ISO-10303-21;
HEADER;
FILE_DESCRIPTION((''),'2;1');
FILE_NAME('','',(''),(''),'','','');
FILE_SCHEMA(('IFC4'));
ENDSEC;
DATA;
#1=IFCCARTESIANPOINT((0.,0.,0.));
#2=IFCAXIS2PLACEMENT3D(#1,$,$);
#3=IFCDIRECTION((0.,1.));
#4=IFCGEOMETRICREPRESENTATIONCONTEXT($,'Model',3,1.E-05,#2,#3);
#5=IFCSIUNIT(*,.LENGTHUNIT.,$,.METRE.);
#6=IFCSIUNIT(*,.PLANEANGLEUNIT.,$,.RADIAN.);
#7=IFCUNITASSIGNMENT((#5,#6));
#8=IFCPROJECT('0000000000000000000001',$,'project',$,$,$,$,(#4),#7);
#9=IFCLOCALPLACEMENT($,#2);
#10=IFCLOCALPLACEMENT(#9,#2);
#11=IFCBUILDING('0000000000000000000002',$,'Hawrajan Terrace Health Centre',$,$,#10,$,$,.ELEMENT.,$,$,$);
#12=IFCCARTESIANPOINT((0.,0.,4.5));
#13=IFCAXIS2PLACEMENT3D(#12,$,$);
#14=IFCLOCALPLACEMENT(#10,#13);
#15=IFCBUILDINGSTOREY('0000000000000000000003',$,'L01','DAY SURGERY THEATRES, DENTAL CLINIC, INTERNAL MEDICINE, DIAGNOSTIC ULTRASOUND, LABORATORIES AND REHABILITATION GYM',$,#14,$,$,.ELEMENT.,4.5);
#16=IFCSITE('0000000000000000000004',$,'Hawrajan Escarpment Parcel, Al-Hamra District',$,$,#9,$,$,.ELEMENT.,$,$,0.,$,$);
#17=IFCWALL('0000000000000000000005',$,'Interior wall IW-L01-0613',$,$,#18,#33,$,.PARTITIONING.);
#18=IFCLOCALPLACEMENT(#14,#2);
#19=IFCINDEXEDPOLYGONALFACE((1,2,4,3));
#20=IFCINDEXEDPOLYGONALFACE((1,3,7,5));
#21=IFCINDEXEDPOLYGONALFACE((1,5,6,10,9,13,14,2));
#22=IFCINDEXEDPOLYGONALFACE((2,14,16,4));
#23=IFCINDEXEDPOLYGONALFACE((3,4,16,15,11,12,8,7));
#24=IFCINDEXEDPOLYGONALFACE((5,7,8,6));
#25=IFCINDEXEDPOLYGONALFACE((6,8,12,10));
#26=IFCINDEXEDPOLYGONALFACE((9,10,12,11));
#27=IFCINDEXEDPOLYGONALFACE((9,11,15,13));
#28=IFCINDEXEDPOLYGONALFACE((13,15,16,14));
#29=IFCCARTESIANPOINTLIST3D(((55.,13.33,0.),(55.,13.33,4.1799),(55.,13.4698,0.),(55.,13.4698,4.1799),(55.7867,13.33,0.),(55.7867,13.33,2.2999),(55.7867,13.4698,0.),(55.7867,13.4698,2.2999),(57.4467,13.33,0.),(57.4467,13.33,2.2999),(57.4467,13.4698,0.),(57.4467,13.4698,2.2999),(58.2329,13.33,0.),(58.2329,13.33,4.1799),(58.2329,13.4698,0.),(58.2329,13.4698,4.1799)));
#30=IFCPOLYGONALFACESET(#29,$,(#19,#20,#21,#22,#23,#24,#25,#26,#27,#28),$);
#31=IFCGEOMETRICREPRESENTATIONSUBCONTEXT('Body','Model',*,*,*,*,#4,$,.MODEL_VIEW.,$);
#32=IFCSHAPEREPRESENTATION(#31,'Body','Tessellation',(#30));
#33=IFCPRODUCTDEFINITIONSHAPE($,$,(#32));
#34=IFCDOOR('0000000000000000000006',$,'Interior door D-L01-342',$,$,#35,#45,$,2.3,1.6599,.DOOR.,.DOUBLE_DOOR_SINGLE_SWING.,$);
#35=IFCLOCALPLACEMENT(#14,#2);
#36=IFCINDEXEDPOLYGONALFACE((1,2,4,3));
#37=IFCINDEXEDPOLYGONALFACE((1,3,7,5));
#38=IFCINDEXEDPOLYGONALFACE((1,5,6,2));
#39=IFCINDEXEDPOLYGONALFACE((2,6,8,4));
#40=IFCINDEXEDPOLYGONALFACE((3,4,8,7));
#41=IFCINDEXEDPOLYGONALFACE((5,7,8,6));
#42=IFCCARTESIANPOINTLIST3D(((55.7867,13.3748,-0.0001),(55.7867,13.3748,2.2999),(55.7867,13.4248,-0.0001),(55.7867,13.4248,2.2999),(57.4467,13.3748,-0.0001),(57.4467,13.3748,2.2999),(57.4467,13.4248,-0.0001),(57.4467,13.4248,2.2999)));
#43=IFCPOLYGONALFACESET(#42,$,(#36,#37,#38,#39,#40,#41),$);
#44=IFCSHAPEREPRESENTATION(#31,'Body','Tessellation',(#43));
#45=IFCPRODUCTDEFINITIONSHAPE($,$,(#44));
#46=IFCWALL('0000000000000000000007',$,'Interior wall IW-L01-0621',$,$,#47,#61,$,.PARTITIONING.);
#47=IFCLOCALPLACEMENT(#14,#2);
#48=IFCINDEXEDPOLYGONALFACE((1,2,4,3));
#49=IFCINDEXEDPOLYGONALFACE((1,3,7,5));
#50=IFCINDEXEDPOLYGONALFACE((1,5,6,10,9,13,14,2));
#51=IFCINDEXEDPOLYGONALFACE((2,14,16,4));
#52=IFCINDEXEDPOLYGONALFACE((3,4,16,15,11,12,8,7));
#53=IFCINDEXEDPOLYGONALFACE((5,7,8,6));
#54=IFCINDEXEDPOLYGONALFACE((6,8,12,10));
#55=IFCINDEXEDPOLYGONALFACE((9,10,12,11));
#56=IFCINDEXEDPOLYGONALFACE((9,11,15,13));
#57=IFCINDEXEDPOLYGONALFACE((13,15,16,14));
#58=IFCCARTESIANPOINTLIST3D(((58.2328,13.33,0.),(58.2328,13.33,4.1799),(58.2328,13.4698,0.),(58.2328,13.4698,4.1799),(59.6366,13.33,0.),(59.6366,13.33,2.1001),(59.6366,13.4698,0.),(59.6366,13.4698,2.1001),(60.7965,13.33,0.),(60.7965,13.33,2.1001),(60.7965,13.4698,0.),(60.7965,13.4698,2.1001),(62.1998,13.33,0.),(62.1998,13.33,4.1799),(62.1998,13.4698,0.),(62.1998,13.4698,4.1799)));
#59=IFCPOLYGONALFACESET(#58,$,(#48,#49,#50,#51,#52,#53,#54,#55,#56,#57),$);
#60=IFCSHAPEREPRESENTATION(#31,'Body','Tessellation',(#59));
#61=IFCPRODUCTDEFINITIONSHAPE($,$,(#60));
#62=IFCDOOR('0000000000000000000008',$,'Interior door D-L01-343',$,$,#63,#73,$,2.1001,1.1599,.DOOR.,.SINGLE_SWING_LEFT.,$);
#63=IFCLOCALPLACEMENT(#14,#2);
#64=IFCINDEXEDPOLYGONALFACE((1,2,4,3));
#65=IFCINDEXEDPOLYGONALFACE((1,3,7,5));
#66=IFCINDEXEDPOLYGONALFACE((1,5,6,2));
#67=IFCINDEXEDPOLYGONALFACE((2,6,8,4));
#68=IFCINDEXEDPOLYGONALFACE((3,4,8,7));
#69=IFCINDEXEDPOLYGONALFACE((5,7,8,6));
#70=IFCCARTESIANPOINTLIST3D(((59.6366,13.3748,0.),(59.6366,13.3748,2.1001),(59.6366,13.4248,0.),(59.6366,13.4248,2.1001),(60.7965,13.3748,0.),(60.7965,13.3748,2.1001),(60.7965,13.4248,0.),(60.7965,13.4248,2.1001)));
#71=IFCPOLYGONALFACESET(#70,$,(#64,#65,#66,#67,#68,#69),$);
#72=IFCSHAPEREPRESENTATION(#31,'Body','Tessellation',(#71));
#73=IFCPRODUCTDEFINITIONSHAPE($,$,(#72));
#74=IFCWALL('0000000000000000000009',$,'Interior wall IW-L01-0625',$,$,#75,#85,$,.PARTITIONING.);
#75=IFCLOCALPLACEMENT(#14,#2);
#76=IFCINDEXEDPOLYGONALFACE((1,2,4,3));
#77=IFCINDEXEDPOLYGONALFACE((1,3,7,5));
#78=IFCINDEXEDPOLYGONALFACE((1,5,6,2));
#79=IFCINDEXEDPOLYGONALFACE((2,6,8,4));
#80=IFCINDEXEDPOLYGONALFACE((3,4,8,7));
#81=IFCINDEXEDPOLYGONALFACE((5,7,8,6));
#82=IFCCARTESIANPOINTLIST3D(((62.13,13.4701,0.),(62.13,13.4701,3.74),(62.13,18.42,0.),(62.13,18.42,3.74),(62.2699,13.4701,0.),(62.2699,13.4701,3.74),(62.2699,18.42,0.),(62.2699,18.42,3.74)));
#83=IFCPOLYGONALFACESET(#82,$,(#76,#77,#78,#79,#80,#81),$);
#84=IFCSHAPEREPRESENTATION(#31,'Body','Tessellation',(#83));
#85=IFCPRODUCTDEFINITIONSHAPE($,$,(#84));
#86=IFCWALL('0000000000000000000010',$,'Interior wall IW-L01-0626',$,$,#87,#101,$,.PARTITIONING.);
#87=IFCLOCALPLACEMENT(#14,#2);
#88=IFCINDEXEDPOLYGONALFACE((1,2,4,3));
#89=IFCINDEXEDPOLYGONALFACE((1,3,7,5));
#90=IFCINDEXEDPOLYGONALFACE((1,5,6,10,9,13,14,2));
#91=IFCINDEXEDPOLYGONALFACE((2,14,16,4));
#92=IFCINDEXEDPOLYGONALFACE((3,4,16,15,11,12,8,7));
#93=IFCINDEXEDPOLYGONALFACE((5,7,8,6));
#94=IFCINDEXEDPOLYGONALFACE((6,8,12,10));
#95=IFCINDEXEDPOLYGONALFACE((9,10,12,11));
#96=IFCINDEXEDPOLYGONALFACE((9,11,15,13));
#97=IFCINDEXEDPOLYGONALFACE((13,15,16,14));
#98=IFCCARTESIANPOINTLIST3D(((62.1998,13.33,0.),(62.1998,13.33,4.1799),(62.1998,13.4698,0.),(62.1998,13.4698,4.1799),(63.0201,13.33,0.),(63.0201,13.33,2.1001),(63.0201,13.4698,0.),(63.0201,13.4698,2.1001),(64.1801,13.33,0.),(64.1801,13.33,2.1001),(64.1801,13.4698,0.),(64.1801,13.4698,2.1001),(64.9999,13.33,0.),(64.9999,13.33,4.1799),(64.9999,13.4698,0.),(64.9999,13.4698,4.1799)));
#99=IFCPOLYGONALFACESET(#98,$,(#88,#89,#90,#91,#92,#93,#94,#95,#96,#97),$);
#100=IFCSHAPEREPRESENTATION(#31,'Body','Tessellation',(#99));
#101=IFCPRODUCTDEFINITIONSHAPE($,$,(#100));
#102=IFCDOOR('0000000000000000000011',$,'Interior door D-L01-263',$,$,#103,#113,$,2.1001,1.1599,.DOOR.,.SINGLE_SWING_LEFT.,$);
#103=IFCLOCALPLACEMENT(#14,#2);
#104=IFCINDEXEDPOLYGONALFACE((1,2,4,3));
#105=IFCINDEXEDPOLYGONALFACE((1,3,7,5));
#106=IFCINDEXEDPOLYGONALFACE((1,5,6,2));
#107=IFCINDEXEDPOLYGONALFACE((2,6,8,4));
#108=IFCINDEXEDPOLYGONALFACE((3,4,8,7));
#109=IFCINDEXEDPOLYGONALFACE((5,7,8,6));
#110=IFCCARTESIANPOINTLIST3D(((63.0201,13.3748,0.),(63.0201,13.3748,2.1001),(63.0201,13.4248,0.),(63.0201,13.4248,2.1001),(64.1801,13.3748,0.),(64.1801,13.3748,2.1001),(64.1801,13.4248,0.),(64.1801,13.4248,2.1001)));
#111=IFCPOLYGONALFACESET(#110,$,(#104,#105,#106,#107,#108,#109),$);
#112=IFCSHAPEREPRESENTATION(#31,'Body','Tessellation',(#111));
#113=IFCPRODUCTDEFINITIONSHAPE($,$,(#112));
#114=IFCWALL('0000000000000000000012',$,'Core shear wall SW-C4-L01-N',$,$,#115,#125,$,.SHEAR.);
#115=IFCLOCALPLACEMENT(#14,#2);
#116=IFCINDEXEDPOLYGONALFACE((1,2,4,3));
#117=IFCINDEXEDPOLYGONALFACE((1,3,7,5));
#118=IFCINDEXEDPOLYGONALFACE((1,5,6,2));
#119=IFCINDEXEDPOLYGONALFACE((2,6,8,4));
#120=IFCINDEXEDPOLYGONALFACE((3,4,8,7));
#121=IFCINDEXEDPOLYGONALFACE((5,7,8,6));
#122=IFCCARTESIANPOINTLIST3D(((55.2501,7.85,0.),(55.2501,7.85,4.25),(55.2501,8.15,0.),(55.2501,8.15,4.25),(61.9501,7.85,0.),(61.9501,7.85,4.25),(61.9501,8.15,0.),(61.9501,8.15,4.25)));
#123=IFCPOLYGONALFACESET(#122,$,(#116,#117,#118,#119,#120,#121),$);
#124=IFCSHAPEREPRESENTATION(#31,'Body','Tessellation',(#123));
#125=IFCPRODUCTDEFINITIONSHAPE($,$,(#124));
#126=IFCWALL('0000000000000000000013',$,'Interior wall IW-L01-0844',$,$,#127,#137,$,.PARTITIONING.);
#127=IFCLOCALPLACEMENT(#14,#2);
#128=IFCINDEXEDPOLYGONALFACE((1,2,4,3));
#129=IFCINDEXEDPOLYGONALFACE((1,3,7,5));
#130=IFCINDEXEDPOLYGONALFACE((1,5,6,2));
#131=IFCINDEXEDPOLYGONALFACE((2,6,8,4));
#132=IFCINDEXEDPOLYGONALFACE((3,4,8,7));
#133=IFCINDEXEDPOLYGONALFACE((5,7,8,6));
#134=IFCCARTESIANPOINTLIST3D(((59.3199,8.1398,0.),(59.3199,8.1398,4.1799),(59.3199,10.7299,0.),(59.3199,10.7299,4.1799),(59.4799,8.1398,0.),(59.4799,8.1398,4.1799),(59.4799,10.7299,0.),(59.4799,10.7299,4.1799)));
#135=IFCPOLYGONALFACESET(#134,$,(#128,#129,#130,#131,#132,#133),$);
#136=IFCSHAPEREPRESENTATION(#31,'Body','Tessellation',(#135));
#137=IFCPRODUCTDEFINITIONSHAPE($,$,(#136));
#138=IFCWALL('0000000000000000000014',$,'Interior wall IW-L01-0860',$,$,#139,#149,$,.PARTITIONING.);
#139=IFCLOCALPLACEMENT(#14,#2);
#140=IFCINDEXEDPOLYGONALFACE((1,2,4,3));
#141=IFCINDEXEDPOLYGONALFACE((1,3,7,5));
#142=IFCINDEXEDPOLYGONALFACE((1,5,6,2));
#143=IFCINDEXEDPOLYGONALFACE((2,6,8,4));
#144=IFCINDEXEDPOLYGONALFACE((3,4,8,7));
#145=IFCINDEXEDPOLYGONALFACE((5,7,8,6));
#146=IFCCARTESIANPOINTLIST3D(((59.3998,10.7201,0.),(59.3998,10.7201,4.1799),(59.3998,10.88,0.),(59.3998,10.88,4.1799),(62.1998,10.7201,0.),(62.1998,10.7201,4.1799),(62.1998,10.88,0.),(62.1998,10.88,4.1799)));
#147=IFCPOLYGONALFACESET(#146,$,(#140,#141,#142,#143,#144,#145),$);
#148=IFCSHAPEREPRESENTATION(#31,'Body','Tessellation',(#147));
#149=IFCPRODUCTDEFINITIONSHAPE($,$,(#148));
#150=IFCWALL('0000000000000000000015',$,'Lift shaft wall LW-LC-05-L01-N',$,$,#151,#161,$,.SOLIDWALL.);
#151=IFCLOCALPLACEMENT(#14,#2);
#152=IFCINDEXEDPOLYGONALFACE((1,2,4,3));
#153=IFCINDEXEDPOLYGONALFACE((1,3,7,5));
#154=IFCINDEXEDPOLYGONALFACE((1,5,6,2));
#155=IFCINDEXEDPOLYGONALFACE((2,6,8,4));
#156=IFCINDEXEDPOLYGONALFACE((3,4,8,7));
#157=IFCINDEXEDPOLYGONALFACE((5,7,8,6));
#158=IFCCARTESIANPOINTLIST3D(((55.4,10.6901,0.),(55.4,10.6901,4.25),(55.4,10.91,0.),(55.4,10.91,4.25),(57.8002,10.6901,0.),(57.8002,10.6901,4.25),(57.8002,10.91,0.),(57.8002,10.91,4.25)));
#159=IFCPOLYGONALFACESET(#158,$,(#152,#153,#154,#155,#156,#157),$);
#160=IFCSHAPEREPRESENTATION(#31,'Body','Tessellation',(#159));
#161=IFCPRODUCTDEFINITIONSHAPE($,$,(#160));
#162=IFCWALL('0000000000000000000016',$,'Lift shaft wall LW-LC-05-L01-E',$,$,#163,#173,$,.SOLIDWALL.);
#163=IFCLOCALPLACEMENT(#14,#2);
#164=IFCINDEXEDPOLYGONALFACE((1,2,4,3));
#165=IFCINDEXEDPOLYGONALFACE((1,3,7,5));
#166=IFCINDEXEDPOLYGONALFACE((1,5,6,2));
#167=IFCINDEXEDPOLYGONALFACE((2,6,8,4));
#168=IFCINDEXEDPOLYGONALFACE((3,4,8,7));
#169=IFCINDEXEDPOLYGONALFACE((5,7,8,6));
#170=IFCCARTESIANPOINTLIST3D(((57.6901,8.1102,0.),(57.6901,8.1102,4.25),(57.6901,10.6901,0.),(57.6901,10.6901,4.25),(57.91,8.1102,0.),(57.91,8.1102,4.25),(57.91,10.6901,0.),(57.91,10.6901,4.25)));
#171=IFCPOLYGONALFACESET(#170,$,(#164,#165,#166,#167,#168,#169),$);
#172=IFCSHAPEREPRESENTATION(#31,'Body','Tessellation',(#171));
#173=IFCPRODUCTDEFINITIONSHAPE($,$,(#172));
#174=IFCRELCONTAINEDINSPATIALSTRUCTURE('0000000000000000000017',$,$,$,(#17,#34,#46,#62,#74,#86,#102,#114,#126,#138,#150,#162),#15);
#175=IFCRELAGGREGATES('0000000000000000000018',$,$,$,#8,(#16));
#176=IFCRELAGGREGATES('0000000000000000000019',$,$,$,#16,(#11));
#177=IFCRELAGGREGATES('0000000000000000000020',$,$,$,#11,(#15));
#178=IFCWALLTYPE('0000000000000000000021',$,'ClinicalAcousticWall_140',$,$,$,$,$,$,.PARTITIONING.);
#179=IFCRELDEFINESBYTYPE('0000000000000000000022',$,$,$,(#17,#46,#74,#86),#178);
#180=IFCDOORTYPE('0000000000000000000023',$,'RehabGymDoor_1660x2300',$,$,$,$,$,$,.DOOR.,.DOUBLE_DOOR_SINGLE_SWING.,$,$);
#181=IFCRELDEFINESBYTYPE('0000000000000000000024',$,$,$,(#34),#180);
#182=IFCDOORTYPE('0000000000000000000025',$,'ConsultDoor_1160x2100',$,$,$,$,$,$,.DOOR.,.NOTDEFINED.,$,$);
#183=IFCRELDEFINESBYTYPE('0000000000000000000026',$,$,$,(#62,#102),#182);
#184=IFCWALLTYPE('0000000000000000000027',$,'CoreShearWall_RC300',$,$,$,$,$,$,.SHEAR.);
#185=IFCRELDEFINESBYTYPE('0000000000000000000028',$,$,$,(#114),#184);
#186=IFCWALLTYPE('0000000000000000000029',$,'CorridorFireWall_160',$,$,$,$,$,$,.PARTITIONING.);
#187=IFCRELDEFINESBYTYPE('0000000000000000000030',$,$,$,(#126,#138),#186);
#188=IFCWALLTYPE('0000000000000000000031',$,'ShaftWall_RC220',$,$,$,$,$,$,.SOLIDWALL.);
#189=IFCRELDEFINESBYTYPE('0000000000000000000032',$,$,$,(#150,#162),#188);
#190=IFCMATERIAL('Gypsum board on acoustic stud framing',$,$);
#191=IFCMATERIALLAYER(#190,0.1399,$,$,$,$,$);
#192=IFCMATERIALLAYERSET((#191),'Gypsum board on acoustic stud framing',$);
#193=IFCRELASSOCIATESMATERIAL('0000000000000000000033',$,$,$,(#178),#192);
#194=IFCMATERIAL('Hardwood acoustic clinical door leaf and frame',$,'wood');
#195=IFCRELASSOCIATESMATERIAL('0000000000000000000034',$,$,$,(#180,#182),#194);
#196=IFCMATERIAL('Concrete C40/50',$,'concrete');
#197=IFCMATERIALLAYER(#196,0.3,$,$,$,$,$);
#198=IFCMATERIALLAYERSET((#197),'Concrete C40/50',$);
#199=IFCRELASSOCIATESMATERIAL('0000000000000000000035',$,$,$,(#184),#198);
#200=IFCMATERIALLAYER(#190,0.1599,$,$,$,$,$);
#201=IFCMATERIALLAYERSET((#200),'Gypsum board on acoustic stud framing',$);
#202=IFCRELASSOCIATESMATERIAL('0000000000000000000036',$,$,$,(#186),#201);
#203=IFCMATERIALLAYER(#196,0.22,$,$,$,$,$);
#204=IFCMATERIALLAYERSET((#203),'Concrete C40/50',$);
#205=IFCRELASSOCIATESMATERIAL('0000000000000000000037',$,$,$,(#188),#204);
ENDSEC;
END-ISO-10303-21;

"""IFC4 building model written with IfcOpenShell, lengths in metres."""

from ifc_helpers import new_model, si_unit, direction, frame, frame_2d, origin, place, context, subcontext, project, spatial, rectangle, extrude, material, layer, layer_set, type_object, element, fill, save


model = new_model("IFC4")

# Units and contexts
model_context = context("Model", 3, precision=1e-05, world=origin(), true_north=direction((0.0, 1.0)))
body_context = subcontext(model_context, "Body", "Model", "MODEL_VIEW")
ifc_project = project(units=[si_unit("LENGTHUNIT", "METRE"), si_unit("PLANEANGLEUNIT", "RADIAN")], contexts=[model_context])

# Site, building, storey
site_placement = place(None, origin())
site = spatial("IfcSite", under=ifc_project, at=site_placement, Name="Hawrajan Escarpment Parcel, Al-Hamra District", CompositionType="ELEMENT", RefElevation=0.0)
building_placement = place(site_placement, origin())
building = spatial("IfcBuilding", under=site, at=building_placement, Name="Hawrajan Terrace Health Centre", CompositionType="ELEMENT")
storey_placement = place(building_placement, frame((0.0, 0.0, 4.5)))
storey = spatial("IfcBuildingStorey", under=building, at=storey_placement, Name="L01", Description="DAY SURGERY THEATRES, DENTAL CLINIC, INTERNAL MEDICINE, DIAGNOSTIC ULTRASOUND, LABORATORIES AND REHABILITATION GYM", CompositionType="ELEMENT", Elevation=4.5)

# Shared definitions
ifc_material_1 = material(Name="Concrete C40/50", Category="concrete")

# Shared definitions
ifc_material_2 = material(Name="Gypsum board on acoustic stud framing")
ifc_layer_1 = layer(ifc_material_2, 0.1399)
ifc_layer_set_1 = layer_set([ifc_layer_1], Name="Gypsum board on acoustic stud framing")
wall_type_1 = type_object("IfcWallType", Name="ClinicalAcousticWall_140", PredefinedType="PARTITIONING", material=ifc_layer_set_1)

# Wall, opening, door
wall_1_placement = place(storey_placement, frame((55.0, 13.3999, 0.0), z_axis=(0.0, 0.0, 1.0), x_axis=(1.0, 0.0, 0.0)))
wall_1 = element("IfcWall", 1, at=wall_1_placement, inside=storey, type_object=wall_type_1, Name="Interior wall IW-L01-0613", PredefinedType="PARTITIONING", context=body_context, shape_type="SweptSolid", body=[
    extrude(rectangle(XDim=3.2329, YDim=0.1399, at=frame_2d((1.6165, 0.0))), origin(), (0.0, 0.0, 1.0), 4.1799),
])
opening_1_placement = place(wall_1_placement, frame((0.7866, 0.0, 0.0)))
opening_1 = element("IfcOpeningElement", 2, at=opening_1_placement, cuts=wall_1, PredefinedType="OPENING", context=body_context, shape_type="SweptSolid", body=[
    extrude(rectangle(XDim=1.6599, YDim=2.3, at=frame_2d((0.8301, 1.1499))), frame((0.0, 0.0798, 0.0), z_axis=(0.0, -1.0, 0.0), x_axis=(1.0, 0.0, 0.0)), (0.0, 0.0, 1.0), 0.1599),
])
ifc_material_3 = material(Name="Hardwood acoustic clinical door leaf and frame", Category="wood")
door_type_1 = type_object("IfcDoorType", Name="RehabGymDoor_1660x2300", OperationType="DOUBLE_DOOR_SINGLE_SWING", PredefinedType="DOOR", material=ifc_material_3)
door_1_placement = place(opening_1_placement, origin())
door_1 = element("IfcDoor", 3, at=door_1_placement, inside=storey, type_object=door_type_1, Name="Interior door D-L01-342", OperationType="DOUBLE_DOOR_SINGLE_SWING", OverallHeight=2.3, OverallWidth=1.6599, PredefinedType="DOOR", context=body_context, shape_type="SweptSolid", body=[
    extrude(rectangle(XDim=1.6599, YDim=2.3, at=frame_2d((0.8301, 1.1499))), frame((0.0, 0.0249, 0.0), z_axis=(0.0, -1.0, 0.0), x_axis=(1.0, 0.0, 0.0)), (0.0, 0.0, 1.0), 0.05),
])
fill(opening_1, door_1)

# Wall, opening, door
wall_2_placement = place(storey_placement, frame((58.2329, 13.3999, 0.0), z_axis=(0.0, 0.0, 1.0), x_axis=(1.0, 0.0, 0.0)))
wall_2 = element("IfcWall", 4, at=wall_2_placement, inside=storey, type_object=wall_type_1, Name="Interior wall IW-L01-0621", PredefinedType="PARTITIONING", context=body_context, shape_type="SweptSolid", body=[
    extrude(rectangle(XDim=3.967, YDim=0.1399, at=frame_2d((1.9834, 0.0))), origin(), (0.0, 0.0, 1.0), 4.1799),
])
opening_2_placement = place(wall_2_placement, frame((1.4036, 0.0, 0.0)))
opening_2 = element("IfcOpeningElement", 5, at=opening_2_placement, cuts=wall_2, PredefinedType="OPENING", context=body_context, shape_type="SweptSolid", body=[
    extrude(rectangle(XDim=1.1599, YDim=2.1001, at=frame_2d((0.5801, 1.05))), frame((0.0, 0.0798, 0.0), z_axis=(0.0, -1.0, 0.0), x_axis=(1.0, 0.0, 0.0)), (0.0, 0.0, 1.0), 0.1599),
])
door_type_2 = type_object("IfcDoorType", Name="ConsultDoor_1160x2100", OperationType="NOTDEFINED", PredefinedType="DOOR", material=ifc_material_3)
door_2_placement = place(opening_2_placement, origin())
door_2 = element("IfcDoor", 6, at=door_2_placement, inside=storey, type_object=door_type_2, Name="Interior door D-L01-343", OperationType="SINGLE_SWING_LEFT", OverallHeight=2.1001, OverallWidth=1.1599, PredefinedType="DOOR", context=body_context, shape_type="SweptSolid", body=[
    extrude(rectangle(XDim=1.1599, YDim=2.1001, at=frame_2d((0.5801, 1.05))), frame((0.0, 0.0249, 0.0), z_axis=(0.0, -1.0, 0.0), x_axis=(1.0, 0.0, 0.0)), (0.0, 0.0, 1.0), 0.05),
])
fill(opening_2, door_2)

# Wall
wall_3_placement = place(storey_placement, frame((62.2, 13.47, 0.0), z_axis=(0.0, 0.0, 1.0), x_axis=(0.0, 1.0, 0.0)))
element("IfcWall", 7, at=wall_3_placement, inside=storey, type_object=wall_type_1, Name="Interior wall IW-L01-0625", PredefinedType="PARTITIONING", context=body_context, shape_type="SweptSolid", body=[
    extrude(rectangle(XDim=4.95, YDim=0.1399, at=frame_2d((2.4751, 0.0))), origin(), (0.0, 0.0, 1.0), 3.74),
])

# Wall, opening, door
wall_4_placement = place(storey_placement, frame((62.2, 13.3999, 0.0), z_axis=(0.0, 0.0, 1.0), x_axis=(1.0, 0.0, 0.0)))
wall_4 = element("IfcWall", 8, at=wall_4_placement, inside=storey, type_object=wall_type_1, Name="Interior wall IW-L01-0626", PredefinedType="PARTITIONING", context=body_context, shape_type="SweptSolid", body=[
    extrude(rectangle(XDim=2.8, YDim=0.1399, at=frame_2d((1.3999, 0.0))), origin(), (0.0, 0.0, 1.0), 4.1799),
])
opening_3_placement = place(wall_4_placement, frame((0.8201, 0.0, 0.0)))
opening_3 = element("IfcOpeningElement", 9, at=opening_3_placement, cuts=wall_4, PredefinedType="OPENING", context=body_context, shape_type="SweptSolid", body=[
    extrude(rectangle(XDim=1.1599, YDim=2.1001, at=frame_2d((0.5801, 1.05))), frame((0.0, 0.0798, 0.0), z_axis=(0.0, -1.0, 0.0), x_axis=(1.0, 0.0, 0.0)), (0.0, 0.0, 1.0), 0.1599),
])
door_3_placement = place(opening_3_placement, origin())
door_3 = element("IfcDoor", 10, at=door_3_placement, inside=storey, type_object=door_type_2, Name="Interior door D-L01-263", OperationType="SINGLE_SWING_LEFT", OverallHeight=2.1001, OverallWidth=1.1599, PredefinedType="DOOR", context=body_context, shape_type="SweptSolid", body=[
    extrude(rectangle(XDim=1.1599, YDim=2.1001, at=frame_2d((0.5801, 1.05))), frame((0.0, 0.0249, 0.0), z_axis=(0.0, -1.0, 0.0), x_axis=(1.0, 0.0, 0.0)), (0.0, 0.0, 1.0), 0.05),
])
fill(opening_3, door_3)

# Walls
ifc_layer_2 = layer(ifc_material_1, 0.3)
ifc_layer_set_2 = layer_set([ifc_layer_2], Name="Concrete C40/50")
wall_type_2 = type_object("IfcWallType", Name="CoreShearWall_RC300", PredefinedType="SHEAR", material=ifc_layer_set_2)
wall_5_placement = place(storey_placement, frame((55.25, 8.0, 0.0), z_axis=(0.0, 0.0, 1.0), x_axis=(1.0, 0.0, 0.0)))
element("IfcWall", 11, at=wall_5_placement, inside=storey, type_object=wall_type_2, Name="Core shear wall SW-C4-L01-N", PredefinedType="SHEAR", context=body_context, shape_type="SweptSolid", body=[
    extrude(rectangle(XDim=6.7, YDim=0.3, at=frame_2d((3.3501, 0.0))), origin(), (0.0, 0.0, 1.0), 4.25),
])
ifc_layer_3 = layer(ifc_material_2, 0.1599)
ifc_layer_set_3 = layer_set([ifc_layer_3], Name="Gypsum board on acoustic stud framing")
wall_type_3 = type_object("IfcWallType", Name="CorridorFireWall_160", PredefinedType="PARTITIONING", material=ifc_layer_set_3)
wall_6_placement = place(storey_placement, frame((59.3999, 8.1399, 0.0), z_axis=(0.0, 0.0, 1.0), x_axis=(0.0, 1.0, 0.0)))
element("IfcWall", 12, at=wall_6_placement, inside=storey, type_object=wall_type_3, Name="Interior wall IW-L01-0844", PredefinedType="PARTITIONING", context=body_context, shape_type="SweptSolid", body=[
    extrude(rectangle(XDim=2.5901, YDim=0.1599, at=frame_2d((1.2949, 0.0))), origin(), (0.0, 0.0, 1.0), 4.1799),
])
wall_7_placement = place(storey_placement, frame((59.3999, 10.8, 0.0), z_axis=(0.0, 0.0, 1.0), x_axis=(1.0, 0.0, 0.0)))
element("IfcWall", 13, at=wall_7_placement, inside=storey, type_object=wall_type_3, Name="Interior wall IW-L01-0860", PredefinedType="PARTITIONING", context=body_context, shape_type="SweptSolid", body=[
    extrude(rectangle(XDim=2.8, YDim=0.1599, at=frame_2d((1.3999, 0.0))), origin(), (0.0, 0.0, 1.0), 4.1799),
])
ifc_layer_4 = layer(ifc_material_1, 0.22)
ifc_layer_set_4 = layer_set([ifc_layer_4], Name="Concrete C40/50")
wall_type_4 = type_object("IfcWallType", Name="ShaftWall_RC220", PredefinedType="SOLIDWALL", material=ifc_layer_set_4)
wall_8_placement = place(storey_placement, frame((55.3999, 10.8, 0.0), z_axis=(0.0, 0.0, 1.0), x_axis=(1.0, 0.0, 0.0)))
element("IfcWall", 14, at=wall_8_placement, inside=storey, type_object=wall_type_4, Name="Lift shaft wall LW-LC-05-L01-N", PredefinedType="SOLIDWALL", context=body_context, shape_type="SweptSolid", body=[
    extrude(rectangle(XDim=2.4001, YDim=0.22, at=frame_2d((1.2002, 0.0))), origin(), (0.0, 0.0, 1.0), 4.25),
])

# Wall
wall_9_placement = place(storey_placement, frame((57.8, 8.1101, 0.0), z_axis=(0.0, 0.0, 1.0), x_axis=(0.0, 1.0, 0.0)))
element("IfcWall", 15, at=wall_9_placement, inside=storey, type_object=wall_type_4, Name="Lift shaft wall LW-LC-05-L01-E", PredefinedType="SOLIDWALL", context=body_context, shape_type="SweptSolid", body=[
    extrude(rectangle(XDim=2.5798, YDim=0.22, at=frame_2d((1.29, 0.0))), origin(), (0.0, 0.0, 1.0), 4.25),
])

save(model, "model.ifc")
